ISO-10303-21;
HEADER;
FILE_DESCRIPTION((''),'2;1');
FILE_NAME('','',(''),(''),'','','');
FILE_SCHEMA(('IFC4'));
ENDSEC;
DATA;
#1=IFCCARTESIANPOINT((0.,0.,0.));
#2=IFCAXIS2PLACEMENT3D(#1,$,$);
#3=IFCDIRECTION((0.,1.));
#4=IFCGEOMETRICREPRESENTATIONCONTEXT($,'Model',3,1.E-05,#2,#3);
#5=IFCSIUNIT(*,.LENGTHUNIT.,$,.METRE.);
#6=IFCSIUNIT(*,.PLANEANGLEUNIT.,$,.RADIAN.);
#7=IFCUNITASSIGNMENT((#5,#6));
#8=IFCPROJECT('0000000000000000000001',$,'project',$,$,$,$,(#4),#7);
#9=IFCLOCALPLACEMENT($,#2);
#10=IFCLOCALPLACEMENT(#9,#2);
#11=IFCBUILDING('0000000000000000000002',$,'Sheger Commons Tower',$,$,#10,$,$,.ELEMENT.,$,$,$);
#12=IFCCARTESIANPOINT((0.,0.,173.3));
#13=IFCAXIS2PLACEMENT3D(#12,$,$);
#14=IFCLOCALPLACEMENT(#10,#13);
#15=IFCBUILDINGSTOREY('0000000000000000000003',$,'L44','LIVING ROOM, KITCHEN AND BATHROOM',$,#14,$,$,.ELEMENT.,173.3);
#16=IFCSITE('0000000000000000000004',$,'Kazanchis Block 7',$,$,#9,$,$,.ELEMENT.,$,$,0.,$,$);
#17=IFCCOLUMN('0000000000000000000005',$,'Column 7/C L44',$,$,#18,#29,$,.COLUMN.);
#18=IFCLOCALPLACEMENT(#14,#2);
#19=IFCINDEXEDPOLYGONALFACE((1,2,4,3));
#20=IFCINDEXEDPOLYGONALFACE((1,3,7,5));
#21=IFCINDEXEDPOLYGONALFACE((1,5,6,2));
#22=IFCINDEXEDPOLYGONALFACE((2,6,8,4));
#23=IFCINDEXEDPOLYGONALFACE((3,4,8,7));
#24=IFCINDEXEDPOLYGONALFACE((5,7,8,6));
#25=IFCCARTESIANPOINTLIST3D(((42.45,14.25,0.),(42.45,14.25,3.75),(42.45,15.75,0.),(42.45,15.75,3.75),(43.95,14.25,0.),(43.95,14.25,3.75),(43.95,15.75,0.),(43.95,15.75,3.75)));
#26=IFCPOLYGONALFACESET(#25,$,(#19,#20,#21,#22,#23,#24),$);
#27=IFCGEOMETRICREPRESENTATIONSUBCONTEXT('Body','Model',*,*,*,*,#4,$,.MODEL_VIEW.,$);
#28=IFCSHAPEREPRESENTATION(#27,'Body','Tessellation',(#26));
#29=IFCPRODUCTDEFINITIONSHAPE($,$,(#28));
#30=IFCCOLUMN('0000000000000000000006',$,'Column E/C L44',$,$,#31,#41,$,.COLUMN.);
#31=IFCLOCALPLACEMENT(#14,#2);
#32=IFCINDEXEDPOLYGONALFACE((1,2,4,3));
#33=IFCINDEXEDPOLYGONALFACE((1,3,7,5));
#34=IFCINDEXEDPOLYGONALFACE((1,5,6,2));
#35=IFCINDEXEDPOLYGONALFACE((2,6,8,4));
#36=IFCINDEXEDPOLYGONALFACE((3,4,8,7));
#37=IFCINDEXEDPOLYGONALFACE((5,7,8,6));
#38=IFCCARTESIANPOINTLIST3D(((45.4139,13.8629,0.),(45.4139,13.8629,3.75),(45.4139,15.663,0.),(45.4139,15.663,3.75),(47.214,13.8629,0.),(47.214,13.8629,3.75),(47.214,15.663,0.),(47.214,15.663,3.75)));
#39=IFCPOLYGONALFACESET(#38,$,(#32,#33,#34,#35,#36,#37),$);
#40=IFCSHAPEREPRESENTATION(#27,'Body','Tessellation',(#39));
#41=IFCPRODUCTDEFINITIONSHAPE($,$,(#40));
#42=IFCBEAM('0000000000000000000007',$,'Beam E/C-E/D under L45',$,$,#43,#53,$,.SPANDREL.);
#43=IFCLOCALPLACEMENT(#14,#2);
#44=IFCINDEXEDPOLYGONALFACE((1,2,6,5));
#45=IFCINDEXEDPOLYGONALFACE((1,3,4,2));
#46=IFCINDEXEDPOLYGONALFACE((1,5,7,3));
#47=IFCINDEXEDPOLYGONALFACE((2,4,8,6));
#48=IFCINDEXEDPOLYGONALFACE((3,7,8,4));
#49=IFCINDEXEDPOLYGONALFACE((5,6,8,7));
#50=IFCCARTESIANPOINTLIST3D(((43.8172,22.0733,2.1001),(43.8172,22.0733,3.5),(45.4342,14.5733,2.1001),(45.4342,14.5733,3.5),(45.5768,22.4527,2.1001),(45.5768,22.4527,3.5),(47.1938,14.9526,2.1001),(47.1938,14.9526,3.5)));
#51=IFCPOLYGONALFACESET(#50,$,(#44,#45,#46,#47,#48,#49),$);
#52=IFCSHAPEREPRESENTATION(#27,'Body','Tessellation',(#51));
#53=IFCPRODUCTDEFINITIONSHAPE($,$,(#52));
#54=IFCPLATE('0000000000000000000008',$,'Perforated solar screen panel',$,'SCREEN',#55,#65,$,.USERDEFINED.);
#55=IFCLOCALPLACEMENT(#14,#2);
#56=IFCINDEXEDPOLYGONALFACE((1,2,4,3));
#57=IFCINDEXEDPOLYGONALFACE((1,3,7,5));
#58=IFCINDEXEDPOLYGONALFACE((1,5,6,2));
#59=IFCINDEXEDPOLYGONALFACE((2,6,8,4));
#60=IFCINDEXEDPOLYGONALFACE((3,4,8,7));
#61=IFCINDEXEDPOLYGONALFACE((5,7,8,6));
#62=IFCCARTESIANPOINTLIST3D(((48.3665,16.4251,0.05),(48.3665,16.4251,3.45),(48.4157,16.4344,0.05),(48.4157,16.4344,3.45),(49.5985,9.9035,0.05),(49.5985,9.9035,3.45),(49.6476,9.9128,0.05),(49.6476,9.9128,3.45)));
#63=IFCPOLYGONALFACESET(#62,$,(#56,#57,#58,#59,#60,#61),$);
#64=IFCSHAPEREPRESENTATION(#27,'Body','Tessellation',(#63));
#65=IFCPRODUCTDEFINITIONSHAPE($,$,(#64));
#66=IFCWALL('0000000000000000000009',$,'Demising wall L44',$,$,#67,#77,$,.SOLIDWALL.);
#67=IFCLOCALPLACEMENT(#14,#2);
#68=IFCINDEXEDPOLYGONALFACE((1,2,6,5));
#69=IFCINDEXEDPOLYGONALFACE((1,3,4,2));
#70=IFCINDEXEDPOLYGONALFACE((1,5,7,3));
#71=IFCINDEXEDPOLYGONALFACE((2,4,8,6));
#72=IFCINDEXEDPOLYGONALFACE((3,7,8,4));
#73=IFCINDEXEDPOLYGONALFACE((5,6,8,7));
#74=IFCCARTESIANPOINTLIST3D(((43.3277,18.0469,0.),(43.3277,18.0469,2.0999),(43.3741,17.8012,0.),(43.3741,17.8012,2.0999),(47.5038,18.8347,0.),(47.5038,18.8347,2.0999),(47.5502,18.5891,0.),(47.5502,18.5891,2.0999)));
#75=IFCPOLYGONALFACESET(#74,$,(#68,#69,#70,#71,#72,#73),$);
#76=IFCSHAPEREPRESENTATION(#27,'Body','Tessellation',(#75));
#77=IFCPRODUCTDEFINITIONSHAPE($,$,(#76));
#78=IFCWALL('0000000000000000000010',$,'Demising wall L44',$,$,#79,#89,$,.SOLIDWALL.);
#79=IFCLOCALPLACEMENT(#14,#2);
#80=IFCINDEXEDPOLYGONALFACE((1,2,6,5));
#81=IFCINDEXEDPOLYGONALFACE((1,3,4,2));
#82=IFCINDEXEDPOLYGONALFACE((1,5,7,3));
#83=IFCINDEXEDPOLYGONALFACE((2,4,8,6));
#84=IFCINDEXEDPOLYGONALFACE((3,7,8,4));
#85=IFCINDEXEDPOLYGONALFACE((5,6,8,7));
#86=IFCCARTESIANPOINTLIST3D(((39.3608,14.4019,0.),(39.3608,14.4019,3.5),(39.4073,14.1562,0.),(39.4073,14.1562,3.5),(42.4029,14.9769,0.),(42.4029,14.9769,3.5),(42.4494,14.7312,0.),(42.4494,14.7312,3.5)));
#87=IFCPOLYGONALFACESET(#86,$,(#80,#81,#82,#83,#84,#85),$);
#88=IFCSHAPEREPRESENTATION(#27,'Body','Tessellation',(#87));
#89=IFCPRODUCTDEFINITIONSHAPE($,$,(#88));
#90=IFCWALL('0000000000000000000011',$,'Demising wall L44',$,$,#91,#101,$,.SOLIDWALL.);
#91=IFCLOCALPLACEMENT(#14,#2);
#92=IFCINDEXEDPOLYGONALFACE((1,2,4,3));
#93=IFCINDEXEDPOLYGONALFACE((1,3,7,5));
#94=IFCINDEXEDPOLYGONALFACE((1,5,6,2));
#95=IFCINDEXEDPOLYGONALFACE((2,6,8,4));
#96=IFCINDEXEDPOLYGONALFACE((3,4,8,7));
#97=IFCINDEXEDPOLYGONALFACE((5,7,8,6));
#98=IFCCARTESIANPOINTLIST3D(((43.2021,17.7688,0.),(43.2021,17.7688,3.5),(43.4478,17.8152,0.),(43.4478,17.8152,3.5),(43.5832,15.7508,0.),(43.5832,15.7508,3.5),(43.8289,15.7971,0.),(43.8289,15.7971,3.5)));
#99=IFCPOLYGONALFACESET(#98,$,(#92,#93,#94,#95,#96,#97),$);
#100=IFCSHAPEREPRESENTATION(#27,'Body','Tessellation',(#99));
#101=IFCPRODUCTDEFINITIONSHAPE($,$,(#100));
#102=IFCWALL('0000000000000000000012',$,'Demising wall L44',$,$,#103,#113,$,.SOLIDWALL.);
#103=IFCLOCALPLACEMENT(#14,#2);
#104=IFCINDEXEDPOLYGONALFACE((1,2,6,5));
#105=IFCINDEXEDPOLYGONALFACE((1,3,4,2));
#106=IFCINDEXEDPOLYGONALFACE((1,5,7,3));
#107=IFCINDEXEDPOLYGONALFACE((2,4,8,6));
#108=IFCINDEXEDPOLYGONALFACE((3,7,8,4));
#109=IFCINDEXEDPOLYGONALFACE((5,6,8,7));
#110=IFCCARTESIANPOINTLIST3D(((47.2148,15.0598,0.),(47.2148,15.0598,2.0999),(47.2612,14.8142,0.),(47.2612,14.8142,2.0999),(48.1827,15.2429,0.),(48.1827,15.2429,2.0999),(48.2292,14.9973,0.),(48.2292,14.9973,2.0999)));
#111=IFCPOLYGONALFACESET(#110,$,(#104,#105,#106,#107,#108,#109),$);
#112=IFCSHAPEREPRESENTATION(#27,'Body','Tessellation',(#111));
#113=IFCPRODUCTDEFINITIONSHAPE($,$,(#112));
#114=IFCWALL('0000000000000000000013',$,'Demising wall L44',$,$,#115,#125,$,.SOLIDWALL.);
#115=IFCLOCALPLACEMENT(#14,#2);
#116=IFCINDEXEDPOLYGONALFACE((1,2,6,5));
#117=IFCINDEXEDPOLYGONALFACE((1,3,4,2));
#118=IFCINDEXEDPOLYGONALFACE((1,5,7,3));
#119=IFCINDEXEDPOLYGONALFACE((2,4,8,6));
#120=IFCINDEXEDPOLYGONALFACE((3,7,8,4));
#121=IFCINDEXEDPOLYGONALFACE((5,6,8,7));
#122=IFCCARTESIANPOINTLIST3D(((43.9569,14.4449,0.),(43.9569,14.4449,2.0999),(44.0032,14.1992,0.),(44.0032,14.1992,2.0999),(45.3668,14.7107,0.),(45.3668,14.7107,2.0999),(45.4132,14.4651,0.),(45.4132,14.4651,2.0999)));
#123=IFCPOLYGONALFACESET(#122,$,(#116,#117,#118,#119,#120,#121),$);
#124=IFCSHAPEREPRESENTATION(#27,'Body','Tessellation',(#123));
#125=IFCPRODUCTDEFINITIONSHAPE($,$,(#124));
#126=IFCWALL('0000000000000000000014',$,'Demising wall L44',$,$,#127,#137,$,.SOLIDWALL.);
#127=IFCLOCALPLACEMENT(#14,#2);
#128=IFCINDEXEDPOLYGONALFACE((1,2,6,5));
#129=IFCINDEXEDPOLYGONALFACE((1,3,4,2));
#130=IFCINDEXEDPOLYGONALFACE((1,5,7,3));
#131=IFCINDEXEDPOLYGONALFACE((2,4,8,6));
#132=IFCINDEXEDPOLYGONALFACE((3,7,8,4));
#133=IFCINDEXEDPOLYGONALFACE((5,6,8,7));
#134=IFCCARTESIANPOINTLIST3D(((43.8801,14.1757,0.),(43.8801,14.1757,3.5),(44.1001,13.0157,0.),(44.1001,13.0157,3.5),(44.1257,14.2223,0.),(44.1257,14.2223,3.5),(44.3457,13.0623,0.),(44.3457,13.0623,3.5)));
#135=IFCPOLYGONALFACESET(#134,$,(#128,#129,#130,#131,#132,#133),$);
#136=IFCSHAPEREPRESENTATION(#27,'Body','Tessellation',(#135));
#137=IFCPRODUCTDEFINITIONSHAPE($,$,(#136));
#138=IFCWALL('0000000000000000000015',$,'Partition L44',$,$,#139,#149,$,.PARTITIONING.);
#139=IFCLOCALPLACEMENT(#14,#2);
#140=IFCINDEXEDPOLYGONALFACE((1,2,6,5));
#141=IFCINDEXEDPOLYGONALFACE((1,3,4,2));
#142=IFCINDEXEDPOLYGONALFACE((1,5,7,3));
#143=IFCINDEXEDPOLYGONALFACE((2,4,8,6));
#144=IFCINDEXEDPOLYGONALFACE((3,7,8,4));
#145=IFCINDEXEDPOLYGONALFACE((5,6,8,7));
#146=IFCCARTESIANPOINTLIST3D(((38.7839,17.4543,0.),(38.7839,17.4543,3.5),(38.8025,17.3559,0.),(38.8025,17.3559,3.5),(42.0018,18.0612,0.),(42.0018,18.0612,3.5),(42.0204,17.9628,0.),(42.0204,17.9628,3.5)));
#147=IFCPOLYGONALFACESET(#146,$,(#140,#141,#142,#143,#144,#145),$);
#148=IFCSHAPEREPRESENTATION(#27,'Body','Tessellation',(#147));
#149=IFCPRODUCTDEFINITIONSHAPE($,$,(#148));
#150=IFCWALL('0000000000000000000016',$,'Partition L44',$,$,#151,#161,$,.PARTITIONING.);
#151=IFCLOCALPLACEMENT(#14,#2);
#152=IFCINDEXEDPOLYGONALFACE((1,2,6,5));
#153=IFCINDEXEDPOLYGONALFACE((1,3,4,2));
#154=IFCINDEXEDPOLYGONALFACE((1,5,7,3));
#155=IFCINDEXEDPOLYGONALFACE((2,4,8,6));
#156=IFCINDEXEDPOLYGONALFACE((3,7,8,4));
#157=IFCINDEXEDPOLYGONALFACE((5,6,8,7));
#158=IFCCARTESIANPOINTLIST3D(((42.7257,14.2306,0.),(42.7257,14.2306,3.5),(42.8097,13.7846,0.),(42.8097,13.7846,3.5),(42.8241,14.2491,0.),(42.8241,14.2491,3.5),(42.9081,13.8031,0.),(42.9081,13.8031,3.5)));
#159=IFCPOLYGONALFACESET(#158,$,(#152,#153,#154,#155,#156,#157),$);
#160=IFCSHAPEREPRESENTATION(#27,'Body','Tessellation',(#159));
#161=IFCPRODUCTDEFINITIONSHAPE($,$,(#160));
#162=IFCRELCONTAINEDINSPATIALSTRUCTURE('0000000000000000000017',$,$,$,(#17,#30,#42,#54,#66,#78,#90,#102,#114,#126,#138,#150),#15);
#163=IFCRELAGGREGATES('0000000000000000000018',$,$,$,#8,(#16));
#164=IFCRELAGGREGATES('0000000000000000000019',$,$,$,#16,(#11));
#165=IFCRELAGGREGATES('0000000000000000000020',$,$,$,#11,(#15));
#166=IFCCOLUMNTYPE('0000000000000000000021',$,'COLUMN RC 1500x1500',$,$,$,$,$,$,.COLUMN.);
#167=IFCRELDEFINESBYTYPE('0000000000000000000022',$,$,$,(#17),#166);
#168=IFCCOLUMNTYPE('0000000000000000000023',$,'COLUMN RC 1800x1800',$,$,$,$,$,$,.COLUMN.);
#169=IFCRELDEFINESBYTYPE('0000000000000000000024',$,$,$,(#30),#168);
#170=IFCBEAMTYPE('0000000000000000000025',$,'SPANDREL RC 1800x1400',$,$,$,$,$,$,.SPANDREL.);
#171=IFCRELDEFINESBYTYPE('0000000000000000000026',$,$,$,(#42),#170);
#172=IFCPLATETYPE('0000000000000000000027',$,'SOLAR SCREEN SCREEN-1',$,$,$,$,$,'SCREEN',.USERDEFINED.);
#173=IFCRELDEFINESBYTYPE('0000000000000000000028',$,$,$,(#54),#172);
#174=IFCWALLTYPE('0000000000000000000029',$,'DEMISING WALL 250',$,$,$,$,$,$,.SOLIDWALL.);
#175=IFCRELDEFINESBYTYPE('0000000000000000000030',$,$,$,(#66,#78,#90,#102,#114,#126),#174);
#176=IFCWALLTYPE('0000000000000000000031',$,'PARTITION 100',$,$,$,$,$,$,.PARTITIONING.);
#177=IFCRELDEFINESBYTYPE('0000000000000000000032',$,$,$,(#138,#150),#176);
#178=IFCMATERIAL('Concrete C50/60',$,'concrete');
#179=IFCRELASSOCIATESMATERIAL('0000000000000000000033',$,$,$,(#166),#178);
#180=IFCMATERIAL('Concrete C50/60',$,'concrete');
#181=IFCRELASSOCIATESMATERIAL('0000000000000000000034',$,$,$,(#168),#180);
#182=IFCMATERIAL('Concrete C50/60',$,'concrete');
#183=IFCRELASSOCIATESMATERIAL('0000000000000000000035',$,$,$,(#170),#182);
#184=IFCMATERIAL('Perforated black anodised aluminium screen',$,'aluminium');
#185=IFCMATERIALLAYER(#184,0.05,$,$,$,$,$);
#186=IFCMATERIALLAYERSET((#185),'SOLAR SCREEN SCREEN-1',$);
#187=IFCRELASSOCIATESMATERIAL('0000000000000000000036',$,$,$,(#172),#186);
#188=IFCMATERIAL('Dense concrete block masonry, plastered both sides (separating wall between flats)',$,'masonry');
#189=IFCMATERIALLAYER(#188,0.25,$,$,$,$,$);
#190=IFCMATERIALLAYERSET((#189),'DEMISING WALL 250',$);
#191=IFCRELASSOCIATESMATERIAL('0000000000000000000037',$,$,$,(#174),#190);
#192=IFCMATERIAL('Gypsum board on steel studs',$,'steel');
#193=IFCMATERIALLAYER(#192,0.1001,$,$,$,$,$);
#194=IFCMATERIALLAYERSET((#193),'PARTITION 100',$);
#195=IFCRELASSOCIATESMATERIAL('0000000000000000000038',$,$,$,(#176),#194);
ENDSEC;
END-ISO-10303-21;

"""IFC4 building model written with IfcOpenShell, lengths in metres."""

from ifc_helpers import new_model, si_unit, direction, frame, frame_2d, origin, origin_2d, place, context, subcontext, project, spatial, rectangle, extrude, material, layer, layer_set, material_profile, profile_set, type_object, element, save


model = new_model("IFC4")

# Units and contexts
model_context = context("Model", 3, precision=1e-05, world=origin(), true_north=direction((0.0, 1.0)))
body_context = subcontext(model_context, "Body", "Model", "MODEL_VIEW")
ifc_project = project(units=[si_unit("LENGTHUNIT", "METRE"), si_unit("PLANEANGLEUNIT", "RADIAN")], contexts=[model_context])

# Site, building, storey
site_placement = place(None, origin())
site = spatial("IfcSite", under=ifc_project, at=site_placement, Name="Kazanchis Block 7", CompositionType="ELEMENT", RefElevation=0.0)
building_placement = place(site_placement, origin())
building = spatial("IfcBuilding", under=site, at=building_placement, Name="Sheger Commons Tower", CompositionType="ELEMENT")
storey_placement = place(building_placement, frame((0.0, 0.0, 173.3)))
storey = spatial("IfcBuildingStorey", under=building, at=storey_placement, Name="L44", Description="LIVING ROOM, KITCHEN AND BATHROOM", CompositionType="ELEMENT", Elevation=173.3)

# Columns
ifc_material_1 = material(Name="Concrete C50/60", Category="concrete")
ifc_material_profile_1 = material_profile(ifc_material_1, rectangle(XDim=1.5, YDim=1.5, at=origin_2d()), Name="RC 1500x1500")
ifc_profile_set_1 = profile_set([ifc_material_profile_1], Name="Concrete C50/60")
column_type_1 = type_object("IfcColumnType", Name="COLUMN RC 1500x1500", PredefinedType="COLUMN", material=ifc_profile_set_1)
column_1_placement = place(storey_placement, frame((43.2, 15.0, 0.0), z_axis=(0.0, 0.0, 1.0), x_axis=(1.0, 0.0, 0.0)))
element("IfcColumn", 1, at=column_1_placement, inside=storey, type_object=column_type_1, Name="Column 7/C L44", PredefinedType="COLUMN", context=body_context, shape_type="SweptSolid", body=[
    extrude(rectangle(XDim=1.5, YDim=1.5, at=origin_2d()), origin(), (0.0, 0.0, 1.0), 3.75),
])
ifc_material_2 = material(Name="Concrete C50/60", Category="concrete")
ifc_material_profile_2 = material_profile(ifc_material_2, rectangle(XDim=1.8, YDim=1.8, at=origin_2d()), Name="RC 1800x1800")
ifc_profile_set_2 = profile_set([ifc_material_profile_2], Name="Concrete C50/60")
column_type_2 = type_object("IfcColumnType", Name="COLUMN RC 1800x1800", PredefinedType="COLUMN", material=ifc_profile_set_2)
column_2_placement = place(storey_placement, frame((46.314, 14.7629, 0.0), z_axis=(0.0, 0.0, 1.0), x_axis=(1.0, 0.0, 0.0)))
element("IfcColumn", 2, at=column_2_placement, inside=storey, type_object=column_type_2, Name="Column E/C L44", PredefinedType="COLUMN", context=body_context, shape_type="SweptSolid", body=[
    extrude(rectangle(XDim=1.8, YDim=1.8, at=origin_2d()), origin(), (0.0, 0.0, 1.0), 3.75),
])

# Beam
ifc_material_3 = material(Name="Concrete C50/60", Category="concrete")
ifc_material_profile_3 = material_profile(ifc_material_3, rectangle(XDim=1.8, YDim=1.3999, at=origin_2d()), Name="RC 1800x1400")
ifc_profile_set_3 = profile_set([ifc_material_profile_3], Name="Concrete C50/60")
beam_type = type_object("IfcBeamType", Name="SPANDREL RC 1800x1400", PredefinedType="SPANDREL", material=ifc_profile_set_3)
beam_placement = place(storey_placement, frame((46.314, 14.7629, 2.8), z_axis=(-0.21075, 0.97754, 0.0), x_axis=(-0.97754, -0.21075, 0.0)))
element("IfcBeam", 3, at=beam_placement, inside=storey, type_object=beam_type, Name="Beam E/C-E/D under L45", PredefinedType="SPANDREL", context=body_context, shape_type="SweptSolid", body=[
    extrude(rectangle(XDim=1.8, YDim=1.3999, at=origin_2d()), origin(), (0.0, 0.0, 1.0), 7.6724),
])

# Plate
ifc_material_4 = material(Name="Perforated black anodised aluminium screen", Category="aluminium")
ifc_layer_1 = layer(ifc_material_4, 0.05)
ifc_layer_set_1 = layer_set([ifc_layer_1], Name="SOLAR SCREEN SCREEN-1")
plate_type = type_object("IfcPlateType", Name="SOLAR SCREEN SCREEN-1", ElementType="SCREEN", PredefinedType="USERDEFINED", material=ifc_layer_set_1)
plate_placement = place(storey_placement, frame((49.0071, 13.1689, 0.05), z_axis=(0.0, 0.0, 1.0), x_axis=(-0.185615, 0.982623, 0.0)))
element("IfcPlate", 4, at=plate_placement, inside=storey, type_object=plate_type, Name="Perforated solar screen panel", ObjectType="SCREEN", PredefinedType="USERDEFINED", context=body_context, shape_type="SweptSolid", body=[
    extrude(rectangle(XDim=6.637, YDim=0.05, at=origin_2d()), origin(), (0.0, 0.0, 1.0), 3.3999),
])

# Walls
ifc_material_5 = material(Name="Dense concrete block masonry, plastered both sides (separating wall between flats)", Category="masonry")
ifc_layer_2 = layer(ifc_material_5, 0.25)
ifc_layer_set_2 = layer_set([ifc_layer_2], Name="DEMISING WALL 250")
wall_type_1 = type_object("IfcWallType", Name="DEMISING WALL 250", PredefinedType="SOLIDWALL", material=ifc_layer_set_2)
wall_1_placement = place(storey_placement, frame((47.5271, 18.7119, 0.0), z_axis=(0.0, 0.0, 1.0), x_axis=(-0.982665, -0.185388, 0.0)))
element("IfcWall", 5, at=wall_1_placement, inside=storey, type_object=wall_type_1, Name="Demising wall L44", PredefinedType="SOLIDWALL", context=body_context, shape_type="SweptSolid", body=[
    extrude(rectangle(XDim=4.2498, YDim=0.25, at=frame_2d((2.125, 0.0))), origin(), (0.0, 0.0, 1.0), 2.0999),
])
wall_2_placement = place(storey_placement, frame((42.426, 14.854, 0.0), z_axis=(0.0, 0.0, 1.0), x_axis=(-0.982603, -0.185717, 0.0)))
element("IfcWall", 6, at=wall_2_placement, inside=storey, type_object=wall_type_1, Name="Demising wall L44", PredefinedType="SOLIDWALL", context=body_context, shape_type="SweptSolid", body=[
    extrude(rectangle(XDim=3.0959, YDim=0.25, at=frame_2d((1.5479, 0.0))), origin(), (0.0, 0.0, 1.0), 3.5),
])
wall_3_placement = place(storey_placement, frame((43.325, 17.792, 0.0), z_axis=(0.0, 0.0, 1.0), x_axis=(0.185566, -0.982632, 0.0)))
element("IfcWall", 7, at=wall_3_placement, inside=storey, type_object=wall_type_1, Name="Demising wall L44", PredefinedType="SOLIDWALL", context=body_context, shape_type="SweptSolid", body=[
    extrude(rectangle(XDim=2.0537, YDim=0.25, at=frame_2d((1.0269, 0.0))), origin(), (0.0, 0.0, 1.0), 3.5),
])
wall_4_placement = place(storey_placement, frame((48.2061, 15.1201, 0.0), z_axis=(0.0, 0.0, 1.0), x_axis=(-0.982576, -0.185859, 0.0)))
element("IfcWall", 8, at=wall_4_placement, inside=storey, type_object=wall_type_1, Name="Demising wall L44", PredefinedType="SOLIDWALL", context=body_context, shape_type="SweptSolid", body=[
    extrude(rectangle(XDim=0.9851, YDim=0.25, at=frame_2d((0.4927, 0.0))), origin(), (0.0, 0.0, 1.0), 2.0999),
])
wall_5_placement = place(storey_placement, frame((45.3899, 14.5879, 0.0), z_axis=(0.0, 0.0, 1.0), x_axis=(-0.982681, -0.185306, 0.0)))
element("IfcWall", 9, at=wall_5_placement, inside=storey, type_object=wall_type_1, Name="Demising wall L44", PredefinedType="SOLIDWALL", context=body_context, shape_type="SweptSolid", body=[
    extrude(rectangle(XDim=1.4348, YDim=0.25, at=frame_2d((0.7173, 0.0))), origin(), (0.0, 0.0, 1.0), 2.0999),
])
wall_6_placement = place(storey_placement, frame((44.0029, 14.199, 0.0), z_axis=(0.0, 0.0, 1.0), x_axis=(0.186323, -0.982488, 0.0)))
element("IfcWall", 10, at=wall_6_placement, inside=storey, type_object=wall_type_1, Name="Demising wall L44", PredefinedType="SOLIDWALL", context=body_context, shape_type="SweptSolid", body=[
    extrude(rectangle(XDim=1.1807, YDim=0.25, at=frame_2d((0.5903, 0.0))), origin(), (0.0, 0.0, 1.0), 3.5),
])
ifc_material_6 = material(Name="Gypsum board on steel studs", Category="steel")
ifc_layer_3 = layer(ifc_material_6, 0.1001)
ifc_layer_set_3 = layer_set([ifc_layer_3], Name="PARTITION 100")
wall_type_2 = type_object("IfcWallType", Name="PARTITION 100", PredefinedType="PARTITIONING", material=ifc_layer_set_3)
wall_7_placement = place(storey_placement, frame((42.011, 18.012, 0.0), z_axis=(0.0, 0.0, 1.0), x_axis=(-0.982675, -0.185337, 0.0)))
element("IfcWall", 11, at=wall_7_placement, inside=storey, type_object=wall_type_2, Name="Partition L44", PredefinedType="PARTITIONING", context=body_context, shape_type="SweptSolid", body=[
    extrude(rectangle(XDim=3.2747, YDim=0.1001, at=frame_2d((1.6372, 0.0))), origin(), (0.0, 0.0, 1.0), 3.5),
])
wall_8_placement = place(storey_placement, frame((42.7749, 14.24, 0.0), z_axis=(0.0, 0.0, 1.0), x_axis=(0.185035, -0.982732, 0.0)))
element("IfcWall", 12, at=wall_8_placement, inside=storey, type_object=wall_type_2, Name="Partition L44", PredefinedType="PARTITIONING", context=body_context, shape_type="SweptSolid", body=[
    extrude(rectangle(XDim=0.4539, YDim=0.1001, at=frame_2d((0.2271, 0.0))), origin(), (0.0, 0.0, 1.0), 3.5),
])

save(model, "model.ifc")
